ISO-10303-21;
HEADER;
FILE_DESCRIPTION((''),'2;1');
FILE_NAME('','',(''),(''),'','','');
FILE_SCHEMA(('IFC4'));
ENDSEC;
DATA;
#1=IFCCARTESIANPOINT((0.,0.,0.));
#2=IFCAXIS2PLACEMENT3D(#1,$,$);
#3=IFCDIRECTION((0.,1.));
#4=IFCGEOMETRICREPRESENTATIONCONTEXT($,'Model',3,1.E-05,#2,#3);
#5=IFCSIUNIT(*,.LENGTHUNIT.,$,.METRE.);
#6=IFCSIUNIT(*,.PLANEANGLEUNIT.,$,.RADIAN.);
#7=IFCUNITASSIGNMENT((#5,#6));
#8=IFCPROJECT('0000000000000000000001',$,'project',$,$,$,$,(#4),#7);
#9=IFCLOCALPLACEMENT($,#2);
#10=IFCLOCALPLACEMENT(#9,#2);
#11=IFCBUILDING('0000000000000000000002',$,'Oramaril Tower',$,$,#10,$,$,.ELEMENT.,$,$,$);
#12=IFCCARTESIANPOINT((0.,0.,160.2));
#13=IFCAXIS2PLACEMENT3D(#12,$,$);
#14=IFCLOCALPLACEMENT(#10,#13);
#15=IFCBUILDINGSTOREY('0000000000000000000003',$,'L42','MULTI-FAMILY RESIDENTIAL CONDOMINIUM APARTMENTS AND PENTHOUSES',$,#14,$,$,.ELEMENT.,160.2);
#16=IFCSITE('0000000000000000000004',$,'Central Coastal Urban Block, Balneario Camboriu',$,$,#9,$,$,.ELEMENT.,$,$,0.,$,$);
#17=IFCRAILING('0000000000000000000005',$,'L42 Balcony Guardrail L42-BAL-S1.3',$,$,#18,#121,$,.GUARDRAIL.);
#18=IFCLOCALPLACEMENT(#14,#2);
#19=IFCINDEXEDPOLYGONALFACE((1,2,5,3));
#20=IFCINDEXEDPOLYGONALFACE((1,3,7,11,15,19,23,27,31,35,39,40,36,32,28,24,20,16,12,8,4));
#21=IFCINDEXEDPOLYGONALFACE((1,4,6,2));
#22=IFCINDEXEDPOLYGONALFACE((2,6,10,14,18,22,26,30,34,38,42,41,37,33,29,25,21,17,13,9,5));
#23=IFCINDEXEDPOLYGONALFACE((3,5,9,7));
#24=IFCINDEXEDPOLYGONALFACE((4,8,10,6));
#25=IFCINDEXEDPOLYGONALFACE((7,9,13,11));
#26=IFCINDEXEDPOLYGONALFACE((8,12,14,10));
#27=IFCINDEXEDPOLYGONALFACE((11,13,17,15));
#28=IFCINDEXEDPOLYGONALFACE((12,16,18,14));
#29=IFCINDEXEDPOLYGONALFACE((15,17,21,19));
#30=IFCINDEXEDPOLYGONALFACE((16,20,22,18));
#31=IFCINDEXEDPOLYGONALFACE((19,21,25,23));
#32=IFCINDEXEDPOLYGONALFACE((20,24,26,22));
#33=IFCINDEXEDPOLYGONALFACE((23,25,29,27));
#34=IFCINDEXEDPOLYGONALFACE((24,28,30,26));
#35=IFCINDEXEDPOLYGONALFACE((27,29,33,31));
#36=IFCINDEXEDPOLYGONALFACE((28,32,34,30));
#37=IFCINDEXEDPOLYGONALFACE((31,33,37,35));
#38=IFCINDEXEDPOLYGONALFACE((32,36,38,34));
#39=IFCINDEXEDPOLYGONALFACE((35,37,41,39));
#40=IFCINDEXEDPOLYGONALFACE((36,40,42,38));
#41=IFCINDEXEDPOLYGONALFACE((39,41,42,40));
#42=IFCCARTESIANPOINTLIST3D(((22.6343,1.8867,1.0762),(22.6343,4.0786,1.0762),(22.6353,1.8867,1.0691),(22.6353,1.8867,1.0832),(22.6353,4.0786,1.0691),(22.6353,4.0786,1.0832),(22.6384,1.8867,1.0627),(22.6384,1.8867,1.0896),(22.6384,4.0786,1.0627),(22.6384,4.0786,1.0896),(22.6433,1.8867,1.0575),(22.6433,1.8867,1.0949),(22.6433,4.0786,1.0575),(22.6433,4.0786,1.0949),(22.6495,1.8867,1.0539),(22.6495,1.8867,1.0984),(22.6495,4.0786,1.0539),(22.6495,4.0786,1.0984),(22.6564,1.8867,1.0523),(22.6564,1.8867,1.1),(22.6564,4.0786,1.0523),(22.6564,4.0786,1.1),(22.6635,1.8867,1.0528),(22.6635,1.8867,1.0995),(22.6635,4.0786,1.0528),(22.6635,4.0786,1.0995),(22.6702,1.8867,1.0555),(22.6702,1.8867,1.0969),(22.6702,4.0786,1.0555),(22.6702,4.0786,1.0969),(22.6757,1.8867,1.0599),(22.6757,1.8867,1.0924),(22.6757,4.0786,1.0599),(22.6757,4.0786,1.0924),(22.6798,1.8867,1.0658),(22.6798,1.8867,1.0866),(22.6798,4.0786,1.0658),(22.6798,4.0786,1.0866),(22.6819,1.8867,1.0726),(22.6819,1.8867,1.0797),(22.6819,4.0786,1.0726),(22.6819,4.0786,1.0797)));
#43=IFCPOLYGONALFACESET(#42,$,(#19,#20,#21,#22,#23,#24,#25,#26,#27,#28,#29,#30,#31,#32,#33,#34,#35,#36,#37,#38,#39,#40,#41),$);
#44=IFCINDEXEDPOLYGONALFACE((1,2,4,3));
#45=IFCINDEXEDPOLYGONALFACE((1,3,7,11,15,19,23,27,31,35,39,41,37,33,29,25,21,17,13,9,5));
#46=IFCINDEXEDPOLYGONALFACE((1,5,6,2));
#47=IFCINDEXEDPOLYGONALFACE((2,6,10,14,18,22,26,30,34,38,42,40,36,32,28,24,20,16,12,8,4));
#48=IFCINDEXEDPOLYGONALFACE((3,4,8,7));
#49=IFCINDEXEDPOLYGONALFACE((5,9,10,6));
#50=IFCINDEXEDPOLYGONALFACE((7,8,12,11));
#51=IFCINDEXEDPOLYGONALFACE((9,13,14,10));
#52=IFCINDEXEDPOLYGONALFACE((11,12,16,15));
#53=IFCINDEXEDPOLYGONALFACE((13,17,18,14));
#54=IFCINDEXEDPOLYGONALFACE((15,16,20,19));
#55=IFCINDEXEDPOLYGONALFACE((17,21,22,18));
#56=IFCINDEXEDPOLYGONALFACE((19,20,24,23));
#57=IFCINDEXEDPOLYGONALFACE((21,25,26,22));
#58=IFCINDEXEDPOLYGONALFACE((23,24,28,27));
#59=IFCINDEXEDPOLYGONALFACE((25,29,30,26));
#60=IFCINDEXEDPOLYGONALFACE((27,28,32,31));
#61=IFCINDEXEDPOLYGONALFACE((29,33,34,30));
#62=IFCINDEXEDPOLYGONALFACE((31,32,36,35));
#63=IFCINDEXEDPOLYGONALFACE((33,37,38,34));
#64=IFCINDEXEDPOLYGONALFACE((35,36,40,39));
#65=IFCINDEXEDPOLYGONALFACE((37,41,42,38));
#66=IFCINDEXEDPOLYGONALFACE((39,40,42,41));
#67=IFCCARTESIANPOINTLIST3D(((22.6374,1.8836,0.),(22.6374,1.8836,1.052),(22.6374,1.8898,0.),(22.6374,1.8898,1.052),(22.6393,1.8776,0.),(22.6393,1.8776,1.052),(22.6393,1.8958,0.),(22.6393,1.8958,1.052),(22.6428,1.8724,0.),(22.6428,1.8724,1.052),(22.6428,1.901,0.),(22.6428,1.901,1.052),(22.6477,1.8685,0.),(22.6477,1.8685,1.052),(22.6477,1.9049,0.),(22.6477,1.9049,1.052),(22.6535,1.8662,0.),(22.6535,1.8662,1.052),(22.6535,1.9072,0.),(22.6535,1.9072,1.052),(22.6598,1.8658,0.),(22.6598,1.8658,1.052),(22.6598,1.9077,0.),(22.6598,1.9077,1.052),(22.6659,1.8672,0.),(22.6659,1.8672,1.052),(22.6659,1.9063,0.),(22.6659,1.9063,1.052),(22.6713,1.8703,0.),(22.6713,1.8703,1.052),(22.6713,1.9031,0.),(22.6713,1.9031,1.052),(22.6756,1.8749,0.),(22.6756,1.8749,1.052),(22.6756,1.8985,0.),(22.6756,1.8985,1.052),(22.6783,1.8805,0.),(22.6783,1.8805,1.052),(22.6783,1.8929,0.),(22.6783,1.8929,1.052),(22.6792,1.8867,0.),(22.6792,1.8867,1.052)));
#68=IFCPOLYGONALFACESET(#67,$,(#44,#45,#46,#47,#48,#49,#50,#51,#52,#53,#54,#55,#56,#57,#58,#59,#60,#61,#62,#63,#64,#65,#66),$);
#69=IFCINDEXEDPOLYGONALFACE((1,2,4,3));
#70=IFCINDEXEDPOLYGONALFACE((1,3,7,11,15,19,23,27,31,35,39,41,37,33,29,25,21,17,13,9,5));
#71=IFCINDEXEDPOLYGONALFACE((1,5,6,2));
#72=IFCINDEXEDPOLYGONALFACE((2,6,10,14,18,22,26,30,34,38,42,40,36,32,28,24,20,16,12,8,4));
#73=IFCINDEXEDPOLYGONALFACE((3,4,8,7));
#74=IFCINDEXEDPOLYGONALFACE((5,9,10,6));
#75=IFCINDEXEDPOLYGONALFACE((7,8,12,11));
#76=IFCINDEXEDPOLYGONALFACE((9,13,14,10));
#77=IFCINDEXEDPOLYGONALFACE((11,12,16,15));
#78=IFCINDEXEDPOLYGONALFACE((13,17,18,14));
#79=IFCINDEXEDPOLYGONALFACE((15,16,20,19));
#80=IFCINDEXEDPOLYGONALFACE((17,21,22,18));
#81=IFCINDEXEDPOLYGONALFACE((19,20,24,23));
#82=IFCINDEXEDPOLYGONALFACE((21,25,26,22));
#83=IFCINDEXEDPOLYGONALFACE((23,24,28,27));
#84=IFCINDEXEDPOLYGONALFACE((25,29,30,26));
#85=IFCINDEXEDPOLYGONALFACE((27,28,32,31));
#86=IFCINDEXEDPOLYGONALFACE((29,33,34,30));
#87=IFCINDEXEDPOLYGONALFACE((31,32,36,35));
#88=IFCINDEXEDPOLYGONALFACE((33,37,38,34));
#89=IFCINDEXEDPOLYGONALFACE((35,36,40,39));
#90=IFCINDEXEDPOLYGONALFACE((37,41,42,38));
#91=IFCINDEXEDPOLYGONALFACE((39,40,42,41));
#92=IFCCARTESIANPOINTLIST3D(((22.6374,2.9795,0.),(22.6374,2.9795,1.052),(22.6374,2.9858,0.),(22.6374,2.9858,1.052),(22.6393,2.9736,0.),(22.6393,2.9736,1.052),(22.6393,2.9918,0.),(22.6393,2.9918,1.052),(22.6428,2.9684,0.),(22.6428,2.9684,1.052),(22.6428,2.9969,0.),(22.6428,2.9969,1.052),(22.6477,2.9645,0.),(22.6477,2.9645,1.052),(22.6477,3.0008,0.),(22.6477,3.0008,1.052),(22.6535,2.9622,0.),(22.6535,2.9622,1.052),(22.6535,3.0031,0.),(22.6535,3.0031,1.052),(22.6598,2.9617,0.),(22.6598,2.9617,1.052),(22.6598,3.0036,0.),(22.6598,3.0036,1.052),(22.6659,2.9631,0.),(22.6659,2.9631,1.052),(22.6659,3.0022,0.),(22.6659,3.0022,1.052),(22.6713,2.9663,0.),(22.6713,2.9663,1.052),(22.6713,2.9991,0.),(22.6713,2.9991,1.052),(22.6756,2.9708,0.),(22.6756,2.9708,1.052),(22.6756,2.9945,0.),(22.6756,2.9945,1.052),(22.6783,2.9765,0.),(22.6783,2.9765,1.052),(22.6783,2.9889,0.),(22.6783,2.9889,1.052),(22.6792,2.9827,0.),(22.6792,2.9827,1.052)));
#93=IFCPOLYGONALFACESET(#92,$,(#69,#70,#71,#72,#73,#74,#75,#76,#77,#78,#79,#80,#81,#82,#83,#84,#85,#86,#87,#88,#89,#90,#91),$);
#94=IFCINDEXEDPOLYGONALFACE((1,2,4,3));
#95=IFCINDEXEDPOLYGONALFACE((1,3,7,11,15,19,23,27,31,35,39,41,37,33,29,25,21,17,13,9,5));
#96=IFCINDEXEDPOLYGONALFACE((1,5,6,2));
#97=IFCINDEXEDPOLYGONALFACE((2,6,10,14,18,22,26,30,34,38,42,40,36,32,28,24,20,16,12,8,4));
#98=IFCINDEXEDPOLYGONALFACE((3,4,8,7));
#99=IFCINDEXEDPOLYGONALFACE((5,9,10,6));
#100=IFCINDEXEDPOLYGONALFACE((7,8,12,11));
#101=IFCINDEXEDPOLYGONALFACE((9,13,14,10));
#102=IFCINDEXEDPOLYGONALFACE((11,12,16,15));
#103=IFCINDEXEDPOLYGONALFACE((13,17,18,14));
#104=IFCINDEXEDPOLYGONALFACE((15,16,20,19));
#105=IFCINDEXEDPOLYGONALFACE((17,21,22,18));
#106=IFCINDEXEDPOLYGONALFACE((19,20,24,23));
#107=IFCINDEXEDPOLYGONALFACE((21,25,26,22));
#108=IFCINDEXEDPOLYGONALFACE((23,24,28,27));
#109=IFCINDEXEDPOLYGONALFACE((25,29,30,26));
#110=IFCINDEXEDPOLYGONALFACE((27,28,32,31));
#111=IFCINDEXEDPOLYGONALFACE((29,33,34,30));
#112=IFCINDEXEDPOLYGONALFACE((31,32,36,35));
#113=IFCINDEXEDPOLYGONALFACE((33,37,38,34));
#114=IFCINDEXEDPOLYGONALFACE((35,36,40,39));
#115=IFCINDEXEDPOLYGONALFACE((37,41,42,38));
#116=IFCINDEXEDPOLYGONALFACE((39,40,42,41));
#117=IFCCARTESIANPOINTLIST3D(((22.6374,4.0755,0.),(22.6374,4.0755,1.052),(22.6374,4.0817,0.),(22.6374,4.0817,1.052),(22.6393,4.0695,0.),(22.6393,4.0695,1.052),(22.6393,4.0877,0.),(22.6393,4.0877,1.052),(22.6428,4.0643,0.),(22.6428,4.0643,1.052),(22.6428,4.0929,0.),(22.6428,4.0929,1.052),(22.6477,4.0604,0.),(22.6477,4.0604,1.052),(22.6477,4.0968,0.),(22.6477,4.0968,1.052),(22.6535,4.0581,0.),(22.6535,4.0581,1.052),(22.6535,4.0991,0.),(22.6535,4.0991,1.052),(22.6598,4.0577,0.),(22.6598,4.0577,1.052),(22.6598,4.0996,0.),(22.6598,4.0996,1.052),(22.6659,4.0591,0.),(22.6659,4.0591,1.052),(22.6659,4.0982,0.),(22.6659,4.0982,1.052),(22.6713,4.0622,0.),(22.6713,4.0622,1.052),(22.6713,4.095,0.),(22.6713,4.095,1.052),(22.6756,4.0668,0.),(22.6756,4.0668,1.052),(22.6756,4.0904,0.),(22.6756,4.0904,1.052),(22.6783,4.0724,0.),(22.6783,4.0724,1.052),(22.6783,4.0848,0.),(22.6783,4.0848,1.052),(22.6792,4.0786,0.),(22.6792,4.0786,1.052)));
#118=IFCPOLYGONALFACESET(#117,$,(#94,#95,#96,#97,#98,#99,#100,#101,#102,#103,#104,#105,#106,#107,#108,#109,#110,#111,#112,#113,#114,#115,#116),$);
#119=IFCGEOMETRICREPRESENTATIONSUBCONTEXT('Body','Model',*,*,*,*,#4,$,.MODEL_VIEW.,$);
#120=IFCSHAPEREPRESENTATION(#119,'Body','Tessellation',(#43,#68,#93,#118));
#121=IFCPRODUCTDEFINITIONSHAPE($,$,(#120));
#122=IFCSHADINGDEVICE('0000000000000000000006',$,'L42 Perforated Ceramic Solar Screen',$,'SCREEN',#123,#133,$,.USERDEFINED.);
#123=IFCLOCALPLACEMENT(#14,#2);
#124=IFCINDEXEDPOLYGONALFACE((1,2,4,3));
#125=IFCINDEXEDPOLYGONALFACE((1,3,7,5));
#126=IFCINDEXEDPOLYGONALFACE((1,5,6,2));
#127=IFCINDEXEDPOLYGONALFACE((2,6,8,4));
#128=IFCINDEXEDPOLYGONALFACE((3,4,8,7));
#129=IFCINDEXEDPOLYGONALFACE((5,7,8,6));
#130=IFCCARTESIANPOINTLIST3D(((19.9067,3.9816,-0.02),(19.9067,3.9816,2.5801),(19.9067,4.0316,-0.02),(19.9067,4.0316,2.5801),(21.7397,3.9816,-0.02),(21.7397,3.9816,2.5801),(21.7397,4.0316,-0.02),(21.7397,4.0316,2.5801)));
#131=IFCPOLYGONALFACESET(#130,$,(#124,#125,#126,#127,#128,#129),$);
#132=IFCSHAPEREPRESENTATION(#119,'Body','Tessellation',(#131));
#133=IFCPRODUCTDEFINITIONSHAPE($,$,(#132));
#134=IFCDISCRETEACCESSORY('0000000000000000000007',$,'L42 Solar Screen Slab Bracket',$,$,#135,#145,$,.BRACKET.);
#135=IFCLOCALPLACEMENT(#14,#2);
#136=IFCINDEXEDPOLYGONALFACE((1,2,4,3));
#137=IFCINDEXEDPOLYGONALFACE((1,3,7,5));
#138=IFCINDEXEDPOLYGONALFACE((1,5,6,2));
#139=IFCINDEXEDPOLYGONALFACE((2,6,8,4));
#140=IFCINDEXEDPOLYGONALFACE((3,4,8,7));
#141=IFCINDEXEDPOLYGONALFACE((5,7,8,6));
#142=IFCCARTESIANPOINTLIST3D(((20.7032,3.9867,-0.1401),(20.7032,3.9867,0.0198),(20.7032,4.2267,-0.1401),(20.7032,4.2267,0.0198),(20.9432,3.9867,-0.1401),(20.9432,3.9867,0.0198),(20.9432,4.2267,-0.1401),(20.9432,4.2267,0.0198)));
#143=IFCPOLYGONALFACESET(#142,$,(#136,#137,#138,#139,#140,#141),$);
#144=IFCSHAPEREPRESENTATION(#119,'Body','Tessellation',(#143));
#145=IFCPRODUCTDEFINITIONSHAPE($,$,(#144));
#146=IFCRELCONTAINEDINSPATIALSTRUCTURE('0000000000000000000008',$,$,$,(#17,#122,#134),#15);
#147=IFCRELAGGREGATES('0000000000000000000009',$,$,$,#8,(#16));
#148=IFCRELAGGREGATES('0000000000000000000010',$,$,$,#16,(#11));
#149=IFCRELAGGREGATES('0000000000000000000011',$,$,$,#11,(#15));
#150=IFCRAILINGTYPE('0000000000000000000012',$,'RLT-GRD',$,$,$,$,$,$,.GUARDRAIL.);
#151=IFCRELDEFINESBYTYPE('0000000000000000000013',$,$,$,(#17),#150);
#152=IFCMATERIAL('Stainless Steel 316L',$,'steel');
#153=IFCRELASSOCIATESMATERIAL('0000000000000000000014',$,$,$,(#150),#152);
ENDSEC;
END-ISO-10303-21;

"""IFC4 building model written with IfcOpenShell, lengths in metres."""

from ifc_helpers import new_model, si_unit, direction, frame, origin, origin_2d, place, context, subcontext, project, spatial, rectangle, circle, extrude, material, type_object, element, save


model = new_model("IFC4")

# Units and contexts
model_context = context("Model", 3, precision=1e-05, world=origin(), true_north=direction((0.0, 1.0)))
body_context = subcontext(model_context, "Body", "Model", "MODEL_VIEW")
ifc_project = project(units=[si_unit("LENGTHUNIT", "METRE"), si_unit("PLANEANGLEUNIT", "RADIAN")], contexts=[model_context])

# Site, building, storey
site_placement = place(None, origin())
site = spatial("IfcSite", under=ifc_project, at=site_placement, Name="Central Coastal Urban Block, Balneario Camboriu", CompositionType="ELEMENT", RefElevation=0.0)
building_placement = place(site_placement, origin())
building = spatial("IfcBuilding", under=site, at=building_placement, Name="Oramaril Tower", CompositionType="ELEMENT")
storey_placement = place(building_placement, frame((0.0, 0.0, 160.2)))
storey = spatial("IfcBuildingStorey", under=building, at=storey_placement, Name="L42", Description="MULTI-FAMILY RESIDENTIAL CONDOMINIUM APARTMENTS AND PENTHOUSES", CompositionType="ELEMENT", Elevation=160.2)

# Railing
ifc_material_1 = material(Name="Stainless Steel 316L", Category="steel")
railing_type = type_object("IfcRailingType", Name="RLT-GRD", PredefinedType="GUARDRAIL", material=ifc_material_1)
railing_placement = place(storey_placement, frame((22.6582, 1.8867, 0.0)))
element("IfcRailing", 1, at=railing_placement, inside=storey, type_object=railing_type, Name="L42 Balcony Guardrail L42-BAL-S1.3", PredefinedType="GUARDRAIL", context=body_context, shape_type="SweptSolid", body=[
    extrude(circle(Radius=0.0239, at=origin_2d()), frame((0.0, 0.0, 1.0762), z_axis=(0.0, 1.0, 0.0), x_axis=(-1.0, 0.0, 0.0)), (0.0, 0.0, 1.0), 2.1919),
    extrude(circle(Radius=0.021, at=origin_2d()), origin(), (0.0, 0.0, 1.0), 1.052),
    extrude(circle(Radius=0.021, at=origin_2d()), frame((0.0, 1.0959, 0.0)), (0.0, 0.0, 1.0), 1.052),
    extrude(circle(Radius=0.021, at=origin_2d()), frame((0.0, 2.1919, 0.0)), (0.0, 0.0, 1.0), 1.052),
])

# Shading device
shading_device_placement = place(storey_placement, frame((20.8232, 4.0066, -0.02), z_axis=(0.0, 0.0, 1.0), x_axis=(1.0, 0.0, 0.0)))
element("IfcShadingDevice", 2, at=shading_device_placement, inside=storey, Name="L42 Perforated Ceramic Solar Screen", ObjectType="SCREEN", PredefinedType="USERDEFINED", context=body_context, shape_type="SweptSolid", body=[
    extrude(rectangle(XDim=1.833, YDim=0.05, at=origin_2d()), origin(), (0.0, 0.0, 1.0), 2.6001),
])

# Discrete accessory
discrete_accessory_placement = place(storey_placement, frame((20.8232, 4.1067, -0.1401), z_axis=(0.0, 0.0, 1.0), x_axis=(1.0, 0.0, 0.0)))
element("IfcDiscreteAccessory", 3, at=discrete_accessory_placement, inside=storey, Name="L42 Solar Screen Slab Bracket", PredefinedType="BRACKET", context=body_context, shape_type="SweptSolid", body=[
    extrude(rectangle(XDim=0.24, YDim=0.24, at=origin_2d()), origin(), (0.0, 0.0, 1.0), 0.1599),
])

save(model, "model.ifc")
